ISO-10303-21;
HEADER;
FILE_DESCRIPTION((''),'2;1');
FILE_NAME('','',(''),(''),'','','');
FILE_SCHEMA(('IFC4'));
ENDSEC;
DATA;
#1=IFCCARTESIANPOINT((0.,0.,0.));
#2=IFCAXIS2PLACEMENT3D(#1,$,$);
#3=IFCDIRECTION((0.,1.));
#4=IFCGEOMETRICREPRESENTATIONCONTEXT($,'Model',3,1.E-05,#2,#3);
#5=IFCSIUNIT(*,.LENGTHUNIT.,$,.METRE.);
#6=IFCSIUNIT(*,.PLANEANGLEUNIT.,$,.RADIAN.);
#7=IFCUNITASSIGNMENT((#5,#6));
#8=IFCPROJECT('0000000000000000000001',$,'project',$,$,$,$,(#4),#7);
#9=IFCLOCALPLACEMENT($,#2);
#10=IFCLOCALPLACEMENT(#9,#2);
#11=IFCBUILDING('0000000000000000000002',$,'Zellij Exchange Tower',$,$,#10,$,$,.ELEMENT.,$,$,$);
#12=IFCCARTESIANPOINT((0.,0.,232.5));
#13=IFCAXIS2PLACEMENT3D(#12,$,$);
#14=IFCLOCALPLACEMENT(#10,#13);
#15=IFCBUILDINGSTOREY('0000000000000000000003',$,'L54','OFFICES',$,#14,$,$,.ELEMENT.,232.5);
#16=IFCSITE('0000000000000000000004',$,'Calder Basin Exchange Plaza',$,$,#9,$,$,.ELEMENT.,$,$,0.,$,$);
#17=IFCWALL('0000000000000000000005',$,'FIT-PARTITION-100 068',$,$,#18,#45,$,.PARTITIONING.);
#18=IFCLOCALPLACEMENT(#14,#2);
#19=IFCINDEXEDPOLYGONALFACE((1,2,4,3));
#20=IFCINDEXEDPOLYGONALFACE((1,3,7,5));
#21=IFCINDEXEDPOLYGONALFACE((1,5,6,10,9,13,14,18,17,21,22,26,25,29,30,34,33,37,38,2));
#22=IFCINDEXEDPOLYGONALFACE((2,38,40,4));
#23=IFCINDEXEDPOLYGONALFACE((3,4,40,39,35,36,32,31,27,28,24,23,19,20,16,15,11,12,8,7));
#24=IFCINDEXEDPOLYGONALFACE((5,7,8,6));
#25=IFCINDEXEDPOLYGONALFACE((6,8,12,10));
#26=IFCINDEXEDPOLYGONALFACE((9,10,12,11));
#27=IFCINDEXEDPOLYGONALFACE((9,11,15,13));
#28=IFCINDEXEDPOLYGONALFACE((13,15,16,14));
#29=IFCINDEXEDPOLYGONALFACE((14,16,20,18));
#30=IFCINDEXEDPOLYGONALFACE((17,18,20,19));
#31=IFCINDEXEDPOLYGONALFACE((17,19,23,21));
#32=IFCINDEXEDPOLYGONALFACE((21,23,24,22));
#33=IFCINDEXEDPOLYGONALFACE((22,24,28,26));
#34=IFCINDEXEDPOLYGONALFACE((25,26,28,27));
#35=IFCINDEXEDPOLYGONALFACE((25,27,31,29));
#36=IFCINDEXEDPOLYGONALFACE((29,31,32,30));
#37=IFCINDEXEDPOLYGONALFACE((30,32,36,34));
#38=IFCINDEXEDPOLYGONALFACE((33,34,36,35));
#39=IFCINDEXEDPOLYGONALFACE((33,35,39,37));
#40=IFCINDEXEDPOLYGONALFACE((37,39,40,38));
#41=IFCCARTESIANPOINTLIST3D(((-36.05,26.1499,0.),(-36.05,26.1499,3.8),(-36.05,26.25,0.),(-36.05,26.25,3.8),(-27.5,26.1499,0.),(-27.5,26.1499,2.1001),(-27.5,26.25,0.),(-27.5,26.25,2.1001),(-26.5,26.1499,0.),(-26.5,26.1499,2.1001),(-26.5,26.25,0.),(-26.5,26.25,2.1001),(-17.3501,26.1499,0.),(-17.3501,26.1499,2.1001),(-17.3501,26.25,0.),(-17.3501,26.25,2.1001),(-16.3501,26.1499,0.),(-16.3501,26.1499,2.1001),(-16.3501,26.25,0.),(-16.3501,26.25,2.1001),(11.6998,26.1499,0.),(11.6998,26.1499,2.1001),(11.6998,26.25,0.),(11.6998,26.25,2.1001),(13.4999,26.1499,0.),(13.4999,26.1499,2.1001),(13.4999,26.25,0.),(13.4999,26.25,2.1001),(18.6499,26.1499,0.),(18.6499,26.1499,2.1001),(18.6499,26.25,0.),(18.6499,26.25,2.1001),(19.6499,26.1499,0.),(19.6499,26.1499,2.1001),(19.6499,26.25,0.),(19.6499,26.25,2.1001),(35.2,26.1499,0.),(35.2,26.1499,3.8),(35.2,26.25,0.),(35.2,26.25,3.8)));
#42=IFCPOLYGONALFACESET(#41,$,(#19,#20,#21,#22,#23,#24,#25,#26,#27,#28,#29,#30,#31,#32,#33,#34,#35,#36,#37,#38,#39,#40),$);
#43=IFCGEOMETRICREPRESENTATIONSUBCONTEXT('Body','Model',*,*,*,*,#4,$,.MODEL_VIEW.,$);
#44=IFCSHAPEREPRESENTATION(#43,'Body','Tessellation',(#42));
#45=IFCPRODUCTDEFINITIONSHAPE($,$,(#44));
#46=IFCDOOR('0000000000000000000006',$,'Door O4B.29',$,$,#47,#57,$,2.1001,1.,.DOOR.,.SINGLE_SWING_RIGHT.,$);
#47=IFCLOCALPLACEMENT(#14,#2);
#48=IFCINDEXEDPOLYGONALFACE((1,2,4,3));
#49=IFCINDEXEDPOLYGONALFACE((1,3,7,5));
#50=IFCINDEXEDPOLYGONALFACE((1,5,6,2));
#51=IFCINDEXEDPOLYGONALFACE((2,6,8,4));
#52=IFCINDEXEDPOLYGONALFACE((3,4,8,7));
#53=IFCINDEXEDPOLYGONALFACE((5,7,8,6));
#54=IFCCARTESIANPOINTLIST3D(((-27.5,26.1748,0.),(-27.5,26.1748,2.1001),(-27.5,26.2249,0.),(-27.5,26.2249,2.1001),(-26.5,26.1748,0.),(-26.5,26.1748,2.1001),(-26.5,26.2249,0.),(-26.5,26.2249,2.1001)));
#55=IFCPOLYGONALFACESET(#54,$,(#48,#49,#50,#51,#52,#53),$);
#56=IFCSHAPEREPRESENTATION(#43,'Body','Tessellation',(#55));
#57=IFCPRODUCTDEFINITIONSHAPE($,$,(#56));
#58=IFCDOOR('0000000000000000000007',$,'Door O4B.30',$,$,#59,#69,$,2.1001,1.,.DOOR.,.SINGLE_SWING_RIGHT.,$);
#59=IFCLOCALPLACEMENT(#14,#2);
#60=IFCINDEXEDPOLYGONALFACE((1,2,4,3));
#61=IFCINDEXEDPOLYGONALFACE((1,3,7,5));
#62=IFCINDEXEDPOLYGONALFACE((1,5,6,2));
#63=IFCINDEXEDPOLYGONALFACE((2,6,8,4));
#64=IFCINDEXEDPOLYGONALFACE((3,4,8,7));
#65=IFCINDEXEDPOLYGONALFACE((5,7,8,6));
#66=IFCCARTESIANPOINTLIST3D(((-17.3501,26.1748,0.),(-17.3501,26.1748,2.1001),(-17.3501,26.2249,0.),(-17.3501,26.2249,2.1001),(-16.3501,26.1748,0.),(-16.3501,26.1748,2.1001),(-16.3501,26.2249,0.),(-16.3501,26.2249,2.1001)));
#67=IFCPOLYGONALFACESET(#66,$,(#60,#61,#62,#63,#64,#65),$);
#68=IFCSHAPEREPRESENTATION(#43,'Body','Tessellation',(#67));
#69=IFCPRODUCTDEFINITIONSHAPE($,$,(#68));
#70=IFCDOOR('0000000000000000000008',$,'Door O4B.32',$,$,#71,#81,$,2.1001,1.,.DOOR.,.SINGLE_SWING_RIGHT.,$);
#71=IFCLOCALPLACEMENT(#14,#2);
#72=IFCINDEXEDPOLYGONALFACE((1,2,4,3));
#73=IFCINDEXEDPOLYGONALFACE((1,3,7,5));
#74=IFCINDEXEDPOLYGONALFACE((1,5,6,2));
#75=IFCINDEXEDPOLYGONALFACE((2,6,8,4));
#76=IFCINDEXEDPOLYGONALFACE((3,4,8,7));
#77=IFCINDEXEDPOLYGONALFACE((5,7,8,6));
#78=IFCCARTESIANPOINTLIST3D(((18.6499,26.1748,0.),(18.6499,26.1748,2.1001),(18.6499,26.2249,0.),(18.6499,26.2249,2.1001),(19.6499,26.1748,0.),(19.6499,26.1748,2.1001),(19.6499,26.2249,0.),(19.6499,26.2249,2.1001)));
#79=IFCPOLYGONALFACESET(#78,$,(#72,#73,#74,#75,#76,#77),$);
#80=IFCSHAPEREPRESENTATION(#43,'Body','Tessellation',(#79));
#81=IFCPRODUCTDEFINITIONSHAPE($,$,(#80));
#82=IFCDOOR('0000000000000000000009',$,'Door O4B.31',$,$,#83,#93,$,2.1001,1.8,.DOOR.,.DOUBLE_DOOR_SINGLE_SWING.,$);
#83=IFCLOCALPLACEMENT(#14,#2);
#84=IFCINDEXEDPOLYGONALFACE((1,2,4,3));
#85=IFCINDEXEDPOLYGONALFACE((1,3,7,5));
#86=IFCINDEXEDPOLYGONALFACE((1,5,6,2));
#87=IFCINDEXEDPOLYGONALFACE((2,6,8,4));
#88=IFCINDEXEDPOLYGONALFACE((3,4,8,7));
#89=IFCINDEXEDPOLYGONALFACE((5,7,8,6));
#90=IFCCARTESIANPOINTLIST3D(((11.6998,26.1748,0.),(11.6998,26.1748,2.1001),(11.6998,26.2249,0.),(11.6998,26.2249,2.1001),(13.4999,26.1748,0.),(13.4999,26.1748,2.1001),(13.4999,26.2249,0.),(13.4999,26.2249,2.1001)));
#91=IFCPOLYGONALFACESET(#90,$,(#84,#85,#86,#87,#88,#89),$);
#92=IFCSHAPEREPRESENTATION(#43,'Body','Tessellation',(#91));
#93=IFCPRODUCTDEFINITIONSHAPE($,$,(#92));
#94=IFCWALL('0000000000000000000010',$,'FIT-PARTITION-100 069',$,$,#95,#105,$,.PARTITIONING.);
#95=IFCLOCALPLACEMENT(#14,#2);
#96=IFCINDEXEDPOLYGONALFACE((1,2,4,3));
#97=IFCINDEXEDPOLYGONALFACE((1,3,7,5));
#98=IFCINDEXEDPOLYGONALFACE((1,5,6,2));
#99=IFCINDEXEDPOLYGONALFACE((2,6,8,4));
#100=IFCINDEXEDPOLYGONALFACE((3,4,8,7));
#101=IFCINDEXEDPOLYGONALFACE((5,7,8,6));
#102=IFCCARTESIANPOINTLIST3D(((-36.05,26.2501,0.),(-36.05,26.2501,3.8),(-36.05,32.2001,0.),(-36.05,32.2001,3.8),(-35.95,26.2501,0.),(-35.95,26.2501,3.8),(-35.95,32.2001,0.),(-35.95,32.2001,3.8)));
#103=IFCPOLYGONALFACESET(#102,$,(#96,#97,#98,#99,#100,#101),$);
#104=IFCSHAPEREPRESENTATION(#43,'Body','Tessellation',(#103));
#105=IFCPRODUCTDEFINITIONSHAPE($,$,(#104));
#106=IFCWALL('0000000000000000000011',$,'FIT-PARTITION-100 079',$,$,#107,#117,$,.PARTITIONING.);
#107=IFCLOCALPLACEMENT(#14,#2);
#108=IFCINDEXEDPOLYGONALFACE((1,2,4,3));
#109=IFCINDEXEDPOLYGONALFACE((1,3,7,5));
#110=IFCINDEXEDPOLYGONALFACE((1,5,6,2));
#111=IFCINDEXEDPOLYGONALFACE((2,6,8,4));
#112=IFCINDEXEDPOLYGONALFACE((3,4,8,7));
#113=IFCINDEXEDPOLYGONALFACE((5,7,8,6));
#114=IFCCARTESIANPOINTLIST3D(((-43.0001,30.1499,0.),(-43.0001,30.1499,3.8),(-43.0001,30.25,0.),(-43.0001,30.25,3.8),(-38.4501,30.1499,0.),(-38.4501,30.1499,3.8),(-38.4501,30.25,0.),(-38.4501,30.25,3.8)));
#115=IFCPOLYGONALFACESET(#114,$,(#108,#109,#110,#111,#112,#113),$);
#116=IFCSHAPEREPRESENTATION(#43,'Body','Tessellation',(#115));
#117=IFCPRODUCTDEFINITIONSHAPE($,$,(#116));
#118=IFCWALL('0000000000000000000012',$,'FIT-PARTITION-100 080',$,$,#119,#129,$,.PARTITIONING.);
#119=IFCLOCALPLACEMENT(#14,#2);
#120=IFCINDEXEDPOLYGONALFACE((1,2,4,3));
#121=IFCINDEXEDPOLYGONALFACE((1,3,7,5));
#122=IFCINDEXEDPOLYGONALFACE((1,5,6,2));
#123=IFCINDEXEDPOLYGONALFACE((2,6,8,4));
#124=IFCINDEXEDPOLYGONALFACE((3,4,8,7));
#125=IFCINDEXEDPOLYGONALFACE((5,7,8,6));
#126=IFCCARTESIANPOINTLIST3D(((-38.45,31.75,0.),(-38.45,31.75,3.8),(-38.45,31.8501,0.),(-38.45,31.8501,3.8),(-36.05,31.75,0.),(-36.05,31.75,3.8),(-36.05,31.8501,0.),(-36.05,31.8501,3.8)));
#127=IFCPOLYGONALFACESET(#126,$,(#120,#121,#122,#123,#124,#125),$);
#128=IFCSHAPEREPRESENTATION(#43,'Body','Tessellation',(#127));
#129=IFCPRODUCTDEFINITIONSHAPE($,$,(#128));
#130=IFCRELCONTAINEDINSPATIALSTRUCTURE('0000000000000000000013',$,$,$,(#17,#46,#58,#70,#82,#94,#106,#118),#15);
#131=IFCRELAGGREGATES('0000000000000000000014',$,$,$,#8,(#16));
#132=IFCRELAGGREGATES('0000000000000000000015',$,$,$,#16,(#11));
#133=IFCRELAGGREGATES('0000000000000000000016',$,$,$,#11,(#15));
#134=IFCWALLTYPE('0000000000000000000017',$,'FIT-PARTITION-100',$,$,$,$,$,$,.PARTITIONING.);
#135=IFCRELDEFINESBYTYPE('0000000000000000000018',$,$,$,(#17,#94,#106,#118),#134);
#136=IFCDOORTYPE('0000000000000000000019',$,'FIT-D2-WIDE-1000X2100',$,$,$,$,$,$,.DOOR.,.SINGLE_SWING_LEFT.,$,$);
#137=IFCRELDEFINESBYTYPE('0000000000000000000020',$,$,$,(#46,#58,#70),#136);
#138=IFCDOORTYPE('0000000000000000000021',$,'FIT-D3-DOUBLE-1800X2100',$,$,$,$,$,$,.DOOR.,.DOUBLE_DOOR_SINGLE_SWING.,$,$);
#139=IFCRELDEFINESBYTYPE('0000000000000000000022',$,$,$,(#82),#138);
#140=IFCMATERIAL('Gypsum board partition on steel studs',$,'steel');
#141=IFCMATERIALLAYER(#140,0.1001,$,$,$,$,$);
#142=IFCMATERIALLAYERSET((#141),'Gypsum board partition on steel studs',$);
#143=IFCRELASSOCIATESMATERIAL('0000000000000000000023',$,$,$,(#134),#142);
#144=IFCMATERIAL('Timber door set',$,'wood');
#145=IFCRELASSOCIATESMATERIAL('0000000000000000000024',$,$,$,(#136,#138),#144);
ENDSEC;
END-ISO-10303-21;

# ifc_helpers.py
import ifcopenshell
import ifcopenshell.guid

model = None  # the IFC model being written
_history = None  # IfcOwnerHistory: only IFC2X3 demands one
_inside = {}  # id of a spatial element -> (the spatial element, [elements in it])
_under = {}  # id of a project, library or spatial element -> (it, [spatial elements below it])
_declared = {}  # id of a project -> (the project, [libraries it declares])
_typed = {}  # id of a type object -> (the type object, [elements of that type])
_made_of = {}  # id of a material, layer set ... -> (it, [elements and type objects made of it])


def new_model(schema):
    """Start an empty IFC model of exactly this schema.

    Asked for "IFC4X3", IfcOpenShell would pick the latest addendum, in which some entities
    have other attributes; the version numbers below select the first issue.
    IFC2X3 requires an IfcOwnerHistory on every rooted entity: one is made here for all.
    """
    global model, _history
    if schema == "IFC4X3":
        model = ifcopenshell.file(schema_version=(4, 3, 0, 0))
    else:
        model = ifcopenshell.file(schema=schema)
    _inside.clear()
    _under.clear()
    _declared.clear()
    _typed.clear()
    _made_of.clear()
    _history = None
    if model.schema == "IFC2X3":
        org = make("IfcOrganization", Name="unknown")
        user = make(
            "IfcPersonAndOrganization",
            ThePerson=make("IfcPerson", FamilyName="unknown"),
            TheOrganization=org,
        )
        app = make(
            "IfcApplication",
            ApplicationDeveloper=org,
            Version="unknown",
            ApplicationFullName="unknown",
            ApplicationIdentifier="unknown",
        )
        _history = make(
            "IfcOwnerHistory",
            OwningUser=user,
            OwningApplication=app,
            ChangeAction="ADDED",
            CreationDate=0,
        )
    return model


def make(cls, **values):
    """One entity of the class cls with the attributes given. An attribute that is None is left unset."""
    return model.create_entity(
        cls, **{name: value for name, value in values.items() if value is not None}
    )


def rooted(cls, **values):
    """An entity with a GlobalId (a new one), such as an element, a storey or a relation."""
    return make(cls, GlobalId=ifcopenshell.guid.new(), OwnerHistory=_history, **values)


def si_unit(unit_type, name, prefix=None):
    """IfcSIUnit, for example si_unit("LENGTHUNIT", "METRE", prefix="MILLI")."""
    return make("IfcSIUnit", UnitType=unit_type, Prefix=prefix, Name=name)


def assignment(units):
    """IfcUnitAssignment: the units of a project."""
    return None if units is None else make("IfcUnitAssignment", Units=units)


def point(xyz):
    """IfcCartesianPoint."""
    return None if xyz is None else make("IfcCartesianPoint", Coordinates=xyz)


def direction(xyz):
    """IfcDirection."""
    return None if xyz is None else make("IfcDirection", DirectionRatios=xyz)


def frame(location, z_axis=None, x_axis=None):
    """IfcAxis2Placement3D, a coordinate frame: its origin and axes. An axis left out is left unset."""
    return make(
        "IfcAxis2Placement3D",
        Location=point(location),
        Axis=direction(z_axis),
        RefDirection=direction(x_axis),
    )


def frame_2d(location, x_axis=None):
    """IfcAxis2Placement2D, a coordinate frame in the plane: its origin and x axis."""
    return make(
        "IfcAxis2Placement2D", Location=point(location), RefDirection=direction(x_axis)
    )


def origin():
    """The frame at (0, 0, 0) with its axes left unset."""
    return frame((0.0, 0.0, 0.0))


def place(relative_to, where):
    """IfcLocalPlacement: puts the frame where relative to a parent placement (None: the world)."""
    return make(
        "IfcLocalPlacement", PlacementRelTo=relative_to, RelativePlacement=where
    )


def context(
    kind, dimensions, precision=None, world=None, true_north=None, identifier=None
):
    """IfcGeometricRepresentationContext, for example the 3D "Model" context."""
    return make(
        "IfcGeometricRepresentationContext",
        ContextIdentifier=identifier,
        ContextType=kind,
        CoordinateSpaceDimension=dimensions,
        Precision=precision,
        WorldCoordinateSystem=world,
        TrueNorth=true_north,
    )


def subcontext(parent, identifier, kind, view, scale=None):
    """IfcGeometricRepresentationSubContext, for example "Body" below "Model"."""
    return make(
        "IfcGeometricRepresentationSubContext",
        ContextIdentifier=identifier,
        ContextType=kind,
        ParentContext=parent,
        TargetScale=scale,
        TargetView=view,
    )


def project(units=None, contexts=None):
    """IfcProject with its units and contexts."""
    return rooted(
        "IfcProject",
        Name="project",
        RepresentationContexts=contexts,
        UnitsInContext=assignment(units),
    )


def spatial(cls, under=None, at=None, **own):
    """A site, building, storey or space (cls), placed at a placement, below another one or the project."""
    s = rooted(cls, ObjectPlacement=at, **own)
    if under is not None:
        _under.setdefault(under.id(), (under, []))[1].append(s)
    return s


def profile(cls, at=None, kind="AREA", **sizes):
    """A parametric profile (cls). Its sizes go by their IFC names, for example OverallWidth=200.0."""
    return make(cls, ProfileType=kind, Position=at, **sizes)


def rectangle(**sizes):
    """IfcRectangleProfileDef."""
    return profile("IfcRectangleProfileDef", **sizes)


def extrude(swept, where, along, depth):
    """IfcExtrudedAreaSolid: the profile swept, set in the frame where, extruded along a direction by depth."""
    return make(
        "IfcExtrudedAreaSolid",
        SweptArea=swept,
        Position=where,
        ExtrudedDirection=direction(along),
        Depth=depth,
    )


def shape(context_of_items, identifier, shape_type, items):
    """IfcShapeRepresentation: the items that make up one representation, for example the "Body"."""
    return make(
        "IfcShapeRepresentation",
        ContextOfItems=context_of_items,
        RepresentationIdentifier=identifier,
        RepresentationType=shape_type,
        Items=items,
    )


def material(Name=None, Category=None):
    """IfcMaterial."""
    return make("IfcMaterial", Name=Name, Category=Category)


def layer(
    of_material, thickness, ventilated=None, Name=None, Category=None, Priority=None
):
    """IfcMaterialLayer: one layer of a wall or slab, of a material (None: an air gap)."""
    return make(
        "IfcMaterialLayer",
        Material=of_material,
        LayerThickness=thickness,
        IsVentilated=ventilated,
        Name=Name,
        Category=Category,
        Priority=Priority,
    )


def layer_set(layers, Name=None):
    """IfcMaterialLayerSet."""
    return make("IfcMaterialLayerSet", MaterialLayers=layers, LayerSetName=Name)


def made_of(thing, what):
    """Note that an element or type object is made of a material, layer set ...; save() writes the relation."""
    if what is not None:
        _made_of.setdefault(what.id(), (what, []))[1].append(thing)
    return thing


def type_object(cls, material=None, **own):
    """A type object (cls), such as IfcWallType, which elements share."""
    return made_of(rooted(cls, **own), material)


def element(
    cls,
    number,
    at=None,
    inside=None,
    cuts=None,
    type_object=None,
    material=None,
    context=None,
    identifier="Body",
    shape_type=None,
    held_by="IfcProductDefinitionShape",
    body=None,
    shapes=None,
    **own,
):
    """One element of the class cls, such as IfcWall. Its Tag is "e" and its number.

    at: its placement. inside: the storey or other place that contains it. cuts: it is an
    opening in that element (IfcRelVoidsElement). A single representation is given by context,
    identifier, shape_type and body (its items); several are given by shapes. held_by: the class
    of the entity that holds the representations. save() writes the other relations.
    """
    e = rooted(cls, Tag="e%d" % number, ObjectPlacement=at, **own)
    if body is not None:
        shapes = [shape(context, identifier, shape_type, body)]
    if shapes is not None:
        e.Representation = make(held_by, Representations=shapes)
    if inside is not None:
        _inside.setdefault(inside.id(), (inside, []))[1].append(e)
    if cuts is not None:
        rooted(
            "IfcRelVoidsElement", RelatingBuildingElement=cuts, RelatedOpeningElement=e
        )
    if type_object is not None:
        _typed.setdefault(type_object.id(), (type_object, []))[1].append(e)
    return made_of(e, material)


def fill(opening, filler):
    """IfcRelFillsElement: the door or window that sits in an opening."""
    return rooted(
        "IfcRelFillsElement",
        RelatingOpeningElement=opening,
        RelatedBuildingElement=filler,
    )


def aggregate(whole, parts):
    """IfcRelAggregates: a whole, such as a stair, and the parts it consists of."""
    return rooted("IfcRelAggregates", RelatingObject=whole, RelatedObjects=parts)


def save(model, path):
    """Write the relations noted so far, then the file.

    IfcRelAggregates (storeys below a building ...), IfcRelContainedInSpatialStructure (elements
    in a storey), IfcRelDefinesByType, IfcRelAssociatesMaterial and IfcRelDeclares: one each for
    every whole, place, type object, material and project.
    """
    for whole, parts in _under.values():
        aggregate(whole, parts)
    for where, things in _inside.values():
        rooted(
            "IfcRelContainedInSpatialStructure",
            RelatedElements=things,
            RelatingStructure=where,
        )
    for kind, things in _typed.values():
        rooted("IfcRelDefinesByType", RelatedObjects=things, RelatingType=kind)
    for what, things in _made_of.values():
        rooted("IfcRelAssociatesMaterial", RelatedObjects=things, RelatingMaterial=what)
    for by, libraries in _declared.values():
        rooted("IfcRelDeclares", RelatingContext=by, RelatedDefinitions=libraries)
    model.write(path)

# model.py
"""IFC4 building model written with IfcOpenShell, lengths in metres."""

from ifc_helpers import new_model, si_unit, direction, frame, frame_2d, origin, place, context, subcontext, project, spatial, rectangle, extrude, material, layer, layer_set, type_object, element, fill, save


model = new_model("IFC4")

# Units and contexts
model_context = context("Model", 3, precision=1e-05, world=origin(), true_north=direction((0.0, 1.0)))
body_context = subcontext(model_context, "Body", "Model", "MODEL_VIEW")
ifc_project = project(units=[si_unit("LENGTHUNIT", "METRE"), si_unit("PLANEANGLEUNIT", "RADIAN")], contexts=[model_context])

# Site, building, storey
site_placement = place(None, origin())
site = spatial("IfcSite", under=ifc_project, at=site_placement, Name="Calder Basin Exchange Plaza", CompositionType="ELEMENT", RefElevation=0.0)
building_placement = place(site_placement, origin())
building = spatial("IfcBuilding", under=site, at=building_placement, Name="Zellij Exchange Tower", CompositionType="ELEMENT")
storey_placement = place(building_placement, frame((0.0, 0.0, 232.5)))
storey = spatial("IfcBuildingStorey", under=building, at=storey_placement, Name="L54", Description="OFFICES", CompositionType="ELEMENT", Elevation=232.5)

# Shared definitions
ifc_material_1 = material(Name="Gypsum board partition on steel studs", Category="steel")
ifc_layer_1 = layer(ifc_material_1, 0.1001)
ifc_layer_set_1 = layer_set([ifc_layer_1], Name="Gypsum board partition on steel studs")
wall_type_1 = type_object("IfcWallType", Name="FIT-PARTITION-100", PredefinedType="PARTITIONING", material=ifc_layer_set_1)

# Shared definitions
ifc_material_2 = material(Name="Timber door set", Category="wood")
door_type_1 = type_object("IfcDoorType", Name="FIT-D2-WIDE-1000X2100", OperationType="SINGLE_SWING_LEFT", PredefinedType="DOOR", material=ifc_material_2)

# Wall, openings, doors
wall_1_placement = place(storey_placement, frame((-36.05, 26.2, 0.0), z_axis=(0.0, 0.0, 1.0), x_axis=(1.0, 0.0, 0.0)))
wall_1 = element("IfcWall", 1, at=wall_1_placement, inside=storey, type_object=wall_type_1, Name="FIT-PARTITION-100 068", PredefinedType="PARTITIONING", context=body_context, shape_type="SweptSolid", body=[
    extrude(rectangle(XDim=71.25, YDim=0.1001, at=frame_2d((35.625, 0.0))), origin(), (0.0, 0.0, 1.0), 3.8),
])
opening_1_placement = place(wall_1_placement, frame((8.55, 0.0, 0.0)))
opening_1 = element("IfcOpeningElement", 2, at=opening_1_placement, cuts=wall_1, PredefinedType="OPENING", context=body_context, shape_type="SweptSolid", body=[
    extrude(rectangle(XDim=1.0, YDim=2.1001, at=frame_2d((0.5, 1.05))), frame((0.0, 0.062, 0.0), z_axis=(0.0, -1.0, 0.0), x_axis=(1.0, 0.0, 0.0)), (0.0, 0.0, 1.0), 0.124),
])
opening_2_placement = place(wall_1_placement, frame((18.7, 0.0, 0.0)))
opening_2 = element("IfcOpeningElement", 3, at=opening_2_placement, cuts=wall_1, PredefinedType="OPENING", context=body_context, shape_type="SweptSolid", body=[
    extrude(rectangle(XDim=1.0, YDim=2.1001, at=frame_2d((0.5, 1.05))), frame((0.0, 0.062, 0.0), z_axis=(0.0, -1.0, 0.0), x_axis=(1.0, 0.0, 0.0)), (0.0, 0.0, 1.0), 0.124),
])
opening_3_placement = place(wall_1_placement, frame((47.75, 0.0, 0.0)))
opening_3 = element("IfcOpeningElement", 4, at=opening_3_placement, cuts=wall_1, PredefinedType="OPENING", context=body_context, shape_type="SweptSolid", body=[
    extrude(rectangle(XDim=1.8, YDim=2.1001, at=frame_2d((0.8999, 1.05))), frame((0.0, 0.062, 0.0), z_axis=(0.0, -1.0, 0.0), x_axis=(1.0, 0.0, 0.0)), (0.0, 0.0, 1.0), 0.124),
])
opening_4_placement = place(wall_1_placement, frame((54.7, 0.0, 0.0)))
opening_4 = element("IfcOpeningElement", 5, at=opening_4_placement, cuts=wall_1, PredefinedType="OPENING", context=body_context, shape_type="SweptSolid", body=[
    extrude(rectangle(XDim=1.0, YDim=2.1001, at=frame_2d((0.5, 1.05))), frame((0.0, 0.062, 0.0), z_axis=(0.0, -1.0, 0.0), x_axis=(1.0, 0.0, 0.0)), (0.0, 0.0, 1.0), 0.124),
])
door_1_placement = place(opening_1_placement, origin())
door_1 = element("IfcDoor", 6, at=door_1_placement, inside=storey, type_object=door_type_1, Name="Door O4B.29", OperationType="SINGLE_SWING_RIGHT", OverallHeight=2.1001, OverallWidth=1.0, PredefinedType="DOOR", context=body_context, shape_type="SweptSolid", body=[
    extrude(rectangle(XDim=1.0, YDim=2.1001, at=frame_2d((0.5, 1.05))), frame((0.0, 0.0249, 0.0), z_axis=(0.0, -1.0, 0.0), x_axis=(1.0, 0.0, 0.0)), (0.0, 0.0, 1.0), 0.05),
])
fill(opening_1, door_1)
door_2_placement = place(opening_2_placement, origin())
door_2 = element("IfcDoor", 7, at=door_2_placement, inside=storey, type_object=door_type_1, Name="Door O4B.30", OperationType="SINGLE_SWING_RIGHT", OverallHeight=2.1001, OverallWidth=1.0, PredefinedType="DOOR", context=body_context, shape_type="SweptSolid", body=[
    extrude(rectangle(XDim=1.0, YDim=2.1001, at=frame_2d((0.5, 1.05))), frame((0.0, 0.0249, 0.0), z_axis=(0.0, -1.0, 0.0), x_axis=(1.0, 0.0, 0.0)), (0.0, 0.0, 1.0), 0.05),
])
fill(opening_2, door_2)
door_3_placement = place(opening_4_placement, origin())
door_3 = element("IfcDoor", 8, at=door_3_placement, inside=storey, type_object=door_type_1, Name="Door O4B.32", OperationType="SINGLE_SWING_RIGHT", OverallHeight=2.1001, OverallWidth=1.0, PredefinedType="DOOR", context=body_context, shape_type="SweptSolid", body=[
    extrude(rectangle(XDim=1.0, YDim=2.1001, at=frame_2d((0.5, 1.05))), frame((0.0, 0.0249, 0.0), z_axis=(0.0, -1.0, 0.0), x_axis=(1.0, 0.0, 0.0)), (0.0, 0.0, 1.0), 0.05),
])
fill(opening_4, door_3)
door_type_2 = type_object("IfcDoorType", Name="FIT-D3-DOUBLE-1800X2100", OperationType="DOUBLE_DOOR_SINGLE_SWING", PredefinedType="DOOR", material=ifc_material_2)
door_4_placement = place(opening_3_placement, origin())
door_4 = element("IfcDoor", 9, at=door_4_placement, inside=storey, type_object=door_type_2, Name="Door O4B.31", OperationType="DOUBLE_DOOR_SINGLE_SWING", OverallHeight=2.1001, OverallWidth=1.8, PredefinedType="DOOR", context=body_context, shape_type="SweptSolid", body=[
    extrude(rectangle(XDim=1.8, YDim=2.1001, at=frame_2d((0.8999, 1.05))), frame((0.0, 0.0249, 0.0), z_axis=(0.0, -1.0, 0.0), x_axis=(1.0, 0.0, 0.0)), (0.0, 0.0, 1.0), 0.05),
])
fill(opening_3, door_4)

# Walls
wall_2_placement = place(storey_placement, frame((-36.0, 26.25, 0.0), z_axis=(0.0, 0.0, 1.0), x_axis=(0.0, 1.0, 0.0)))
element("IfcWall", 10, at=wall_2_placement, inside=storey, type_object=wall_type_1, Name="FIT-PARTITION-100 069", PredefinedType="PARTITIONING", context=body_context, shape_type="SweptSolid", body=[
    extrude(rectangle(XDim=5.95, YDim=0.1001, at=frame_2d((2.9751, 0.0))), origin(), (0.0, 0.0, 1.0), 3.8),
])
wall_3_placement = place(storey_placement, frame((-43.0, 30.2, 0.0), z_axis=(0.0, 0.0, 1.0), x_axis=(1.0, 0.0, 0.0)))
element("IfcWall", 11, at=wall_3_placement, inside=storey, type_object=wall_type_1, Name="FIT-PARTITION-100 079", PredefinedType="PARTITIONING", context=body_context, shape_type="SweptSolid", body=[
    extrude(rectangle(XDim=4.55, YDim=0.1001, at=frame_2d((2.2749, 0.0))), origin(), (0.0, 0.0, 1.0), 3.8),
])
wall_4_placement = place(storey_placement, frame((-38.45, 31.8, 0.0), z_axis=(0.0, 0.0, 1.0), x_axis=(1.0, 0.0, 0.0)))
element("IfcWall", 12, at=wall_4_placement, inside=storey, type_object=wall_type_1, Name="FIT-PARTITION-100 080", PredefinedType="PARTITIONING", context=body_context, shape_type="SweptSolid", body=[
    extrude(rectangle(XDim=2.3999, YDim=0.1001, at=frame_2d((1.2, 0.0))), origin(), (0.0, 0.0, 1.0), 3.8),
])

save(model, "model.ifc")
